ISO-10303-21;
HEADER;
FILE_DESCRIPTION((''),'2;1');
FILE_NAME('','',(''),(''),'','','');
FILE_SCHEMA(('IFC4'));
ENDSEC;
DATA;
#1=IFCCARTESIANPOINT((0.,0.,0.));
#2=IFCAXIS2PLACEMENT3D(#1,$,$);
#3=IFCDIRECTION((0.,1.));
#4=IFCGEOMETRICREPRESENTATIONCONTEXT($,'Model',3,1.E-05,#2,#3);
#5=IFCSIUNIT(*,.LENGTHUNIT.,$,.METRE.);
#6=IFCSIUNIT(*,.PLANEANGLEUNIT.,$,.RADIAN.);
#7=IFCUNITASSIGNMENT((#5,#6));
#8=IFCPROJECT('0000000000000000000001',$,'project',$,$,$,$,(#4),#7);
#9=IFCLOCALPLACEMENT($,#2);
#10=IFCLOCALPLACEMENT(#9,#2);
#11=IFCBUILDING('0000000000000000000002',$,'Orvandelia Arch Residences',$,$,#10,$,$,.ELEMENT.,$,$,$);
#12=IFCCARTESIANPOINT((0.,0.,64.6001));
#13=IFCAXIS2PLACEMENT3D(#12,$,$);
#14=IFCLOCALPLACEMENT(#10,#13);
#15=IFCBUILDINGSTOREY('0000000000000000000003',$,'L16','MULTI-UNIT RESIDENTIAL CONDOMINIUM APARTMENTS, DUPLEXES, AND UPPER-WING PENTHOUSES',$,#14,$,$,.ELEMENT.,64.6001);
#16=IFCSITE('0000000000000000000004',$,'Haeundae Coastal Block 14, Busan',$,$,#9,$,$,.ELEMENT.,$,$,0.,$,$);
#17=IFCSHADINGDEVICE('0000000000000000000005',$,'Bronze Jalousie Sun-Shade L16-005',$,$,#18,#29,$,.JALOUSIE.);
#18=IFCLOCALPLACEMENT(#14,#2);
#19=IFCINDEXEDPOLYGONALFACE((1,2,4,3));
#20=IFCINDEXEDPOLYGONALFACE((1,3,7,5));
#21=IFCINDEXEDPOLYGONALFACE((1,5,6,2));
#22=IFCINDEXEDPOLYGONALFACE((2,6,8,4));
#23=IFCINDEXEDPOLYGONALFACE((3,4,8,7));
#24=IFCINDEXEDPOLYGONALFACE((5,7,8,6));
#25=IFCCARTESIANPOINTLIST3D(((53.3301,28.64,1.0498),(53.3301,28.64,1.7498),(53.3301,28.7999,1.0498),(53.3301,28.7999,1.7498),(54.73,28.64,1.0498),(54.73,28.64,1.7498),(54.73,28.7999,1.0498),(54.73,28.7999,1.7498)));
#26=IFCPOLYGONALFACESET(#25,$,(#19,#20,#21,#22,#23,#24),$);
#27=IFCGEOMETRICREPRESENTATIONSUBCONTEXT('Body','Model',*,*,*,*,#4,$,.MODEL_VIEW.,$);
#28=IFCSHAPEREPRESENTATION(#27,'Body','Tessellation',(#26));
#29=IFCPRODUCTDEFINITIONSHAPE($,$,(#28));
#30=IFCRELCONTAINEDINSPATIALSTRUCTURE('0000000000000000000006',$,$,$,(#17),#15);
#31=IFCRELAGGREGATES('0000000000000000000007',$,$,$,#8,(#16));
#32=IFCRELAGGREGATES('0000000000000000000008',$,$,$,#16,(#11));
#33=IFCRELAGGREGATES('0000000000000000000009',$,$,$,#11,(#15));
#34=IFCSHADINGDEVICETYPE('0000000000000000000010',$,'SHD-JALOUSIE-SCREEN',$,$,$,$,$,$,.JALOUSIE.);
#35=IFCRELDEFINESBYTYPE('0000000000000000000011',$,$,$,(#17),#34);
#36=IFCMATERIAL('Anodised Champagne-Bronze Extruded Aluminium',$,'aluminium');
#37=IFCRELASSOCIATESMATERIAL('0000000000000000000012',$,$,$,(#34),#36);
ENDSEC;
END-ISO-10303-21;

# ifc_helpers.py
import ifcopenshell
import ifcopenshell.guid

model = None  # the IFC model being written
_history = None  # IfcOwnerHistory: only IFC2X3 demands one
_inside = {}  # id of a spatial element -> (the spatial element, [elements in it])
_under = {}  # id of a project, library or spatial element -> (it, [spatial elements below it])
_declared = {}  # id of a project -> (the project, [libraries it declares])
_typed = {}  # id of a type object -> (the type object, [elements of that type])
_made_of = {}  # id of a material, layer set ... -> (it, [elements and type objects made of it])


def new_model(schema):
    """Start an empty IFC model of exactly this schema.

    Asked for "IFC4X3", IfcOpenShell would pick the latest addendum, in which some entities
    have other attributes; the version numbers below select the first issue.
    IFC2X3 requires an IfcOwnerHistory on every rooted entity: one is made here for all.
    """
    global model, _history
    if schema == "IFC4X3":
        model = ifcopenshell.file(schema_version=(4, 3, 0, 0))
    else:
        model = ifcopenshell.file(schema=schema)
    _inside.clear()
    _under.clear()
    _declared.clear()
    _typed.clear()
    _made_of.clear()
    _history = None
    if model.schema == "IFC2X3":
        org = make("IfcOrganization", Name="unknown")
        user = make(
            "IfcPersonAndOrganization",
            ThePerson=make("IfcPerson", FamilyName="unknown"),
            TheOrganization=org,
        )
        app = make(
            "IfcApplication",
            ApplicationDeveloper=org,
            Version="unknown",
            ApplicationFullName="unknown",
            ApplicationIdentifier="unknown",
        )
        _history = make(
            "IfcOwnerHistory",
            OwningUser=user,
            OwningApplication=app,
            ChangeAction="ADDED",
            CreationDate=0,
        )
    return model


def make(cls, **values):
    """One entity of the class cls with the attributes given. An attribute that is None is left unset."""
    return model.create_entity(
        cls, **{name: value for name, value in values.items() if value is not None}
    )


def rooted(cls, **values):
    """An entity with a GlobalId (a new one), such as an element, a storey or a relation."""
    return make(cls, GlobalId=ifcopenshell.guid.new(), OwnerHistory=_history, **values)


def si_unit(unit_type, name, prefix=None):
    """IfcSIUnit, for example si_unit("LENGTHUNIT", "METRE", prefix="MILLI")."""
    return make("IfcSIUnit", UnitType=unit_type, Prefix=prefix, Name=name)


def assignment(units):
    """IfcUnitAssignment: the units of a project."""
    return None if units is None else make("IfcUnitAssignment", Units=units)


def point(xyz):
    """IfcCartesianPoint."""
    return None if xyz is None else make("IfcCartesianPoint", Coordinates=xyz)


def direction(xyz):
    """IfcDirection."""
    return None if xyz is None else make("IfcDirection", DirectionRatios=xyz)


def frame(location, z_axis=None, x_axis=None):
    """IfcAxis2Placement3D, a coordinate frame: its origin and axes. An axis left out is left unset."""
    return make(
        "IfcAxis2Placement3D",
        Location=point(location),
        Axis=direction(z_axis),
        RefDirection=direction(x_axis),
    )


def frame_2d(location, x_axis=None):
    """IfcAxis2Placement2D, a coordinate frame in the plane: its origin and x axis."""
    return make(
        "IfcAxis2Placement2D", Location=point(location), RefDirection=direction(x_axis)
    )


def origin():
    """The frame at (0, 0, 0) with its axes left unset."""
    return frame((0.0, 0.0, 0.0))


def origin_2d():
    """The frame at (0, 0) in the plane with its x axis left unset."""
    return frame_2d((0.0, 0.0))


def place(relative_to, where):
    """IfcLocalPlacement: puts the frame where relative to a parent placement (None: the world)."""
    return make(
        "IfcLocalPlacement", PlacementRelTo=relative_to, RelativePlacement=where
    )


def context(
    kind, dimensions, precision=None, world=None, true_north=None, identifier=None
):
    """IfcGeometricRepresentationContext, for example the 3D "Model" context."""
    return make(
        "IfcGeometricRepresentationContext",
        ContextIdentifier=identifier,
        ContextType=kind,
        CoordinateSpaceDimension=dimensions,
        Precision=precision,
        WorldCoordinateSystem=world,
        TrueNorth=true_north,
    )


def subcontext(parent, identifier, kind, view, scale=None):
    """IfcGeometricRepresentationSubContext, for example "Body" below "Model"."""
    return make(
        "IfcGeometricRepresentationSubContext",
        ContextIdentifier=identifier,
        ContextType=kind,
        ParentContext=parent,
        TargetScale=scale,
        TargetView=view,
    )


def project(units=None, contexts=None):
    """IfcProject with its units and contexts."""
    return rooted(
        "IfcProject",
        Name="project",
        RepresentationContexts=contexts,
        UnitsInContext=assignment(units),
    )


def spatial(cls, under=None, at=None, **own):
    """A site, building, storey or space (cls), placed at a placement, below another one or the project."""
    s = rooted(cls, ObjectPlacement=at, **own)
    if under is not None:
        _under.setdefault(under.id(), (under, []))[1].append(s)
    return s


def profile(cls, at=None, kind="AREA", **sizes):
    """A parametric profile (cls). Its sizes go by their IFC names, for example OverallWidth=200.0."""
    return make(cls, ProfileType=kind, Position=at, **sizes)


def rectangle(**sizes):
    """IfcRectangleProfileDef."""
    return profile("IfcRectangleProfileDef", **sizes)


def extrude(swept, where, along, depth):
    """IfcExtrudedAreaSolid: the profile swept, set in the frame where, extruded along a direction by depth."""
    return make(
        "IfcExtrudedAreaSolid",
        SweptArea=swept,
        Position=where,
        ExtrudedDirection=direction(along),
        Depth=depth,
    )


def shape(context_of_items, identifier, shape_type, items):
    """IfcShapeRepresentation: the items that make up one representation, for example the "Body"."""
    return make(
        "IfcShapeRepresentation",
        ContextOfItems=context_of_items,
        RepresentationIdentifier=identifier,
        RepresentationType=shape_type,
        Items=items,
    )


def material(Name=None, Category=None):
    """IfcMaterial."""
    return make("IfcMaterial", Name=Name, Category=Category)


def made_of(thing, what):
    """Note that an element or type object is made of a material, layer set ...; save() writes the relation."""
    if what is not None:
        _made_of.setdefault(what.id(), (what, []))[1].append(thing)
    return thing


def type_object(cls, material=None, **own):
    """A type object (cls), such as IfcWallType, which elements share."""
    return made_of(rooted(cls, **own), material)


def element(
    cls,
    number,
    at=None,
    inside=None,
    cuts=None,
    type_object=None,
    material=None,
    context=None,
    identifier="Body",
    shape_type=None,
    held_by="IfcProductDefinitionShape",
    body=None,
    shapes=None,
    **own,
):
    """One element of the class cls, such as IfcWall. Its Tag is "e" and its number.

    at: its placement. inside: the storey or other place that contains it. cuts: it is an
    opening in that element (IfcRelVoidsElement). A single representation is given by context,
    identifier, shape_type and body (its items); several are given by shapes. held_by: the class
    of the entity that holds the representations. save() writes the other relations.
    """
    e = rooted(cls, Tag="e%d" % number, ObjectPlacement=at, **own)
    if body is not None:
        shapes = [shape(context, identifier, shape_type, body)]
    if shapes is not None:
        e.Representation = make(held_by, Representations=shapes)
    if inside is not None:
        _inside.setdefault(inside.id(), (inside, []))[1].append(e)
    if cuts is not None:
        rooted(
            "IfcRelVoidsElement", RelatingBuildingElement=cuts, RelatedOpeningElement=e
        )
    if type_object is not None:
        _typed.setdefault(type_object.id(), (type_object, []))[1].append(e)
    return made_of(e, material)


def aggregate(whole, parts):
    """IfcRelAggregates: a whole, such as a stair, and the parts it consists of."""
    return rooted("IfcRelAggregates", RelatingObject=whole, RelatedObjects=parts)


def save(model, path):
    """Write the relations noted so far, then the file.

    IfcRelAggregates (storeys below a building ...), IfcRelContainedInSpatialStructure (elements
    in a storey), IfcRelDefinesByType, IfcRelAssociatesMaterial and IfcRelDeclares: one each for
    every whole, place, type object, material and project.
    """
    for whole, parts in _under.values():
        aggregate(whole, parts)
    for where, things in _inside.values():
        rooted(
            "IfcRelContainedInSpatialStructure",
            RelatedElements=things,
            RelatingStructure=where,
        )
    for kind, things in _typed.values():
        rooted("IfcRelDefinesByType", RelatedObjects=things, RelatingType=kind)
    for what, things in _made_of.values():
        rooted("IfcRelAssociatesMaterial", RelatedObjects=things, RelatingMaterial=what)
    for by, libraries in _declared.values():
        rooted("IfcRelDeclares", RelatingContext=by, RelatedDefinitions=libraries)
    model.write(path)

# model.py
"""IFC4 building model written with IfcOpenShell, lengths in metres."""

from ifc_helpers import new_model, si_unit, direction, frame, origin, origin_2d, place, context, subcontext, project, spatial, rectangle, extrude, material, type_object, element, save


model = new_model("IFC4")

# Units and contexts
model_context = context("Model", 3, precision=1e-05, world=origin(), true_north=direction((0.0, 1.0)))
body_context = subcontext(model_context, "Body", "Model", "MODEL_VIEW")
ifc_project = project(units=[si_unit("LENGTHUNIT", "METRE"), si_unit("PLANEANGLEUNIT", "RADIAN")], contexts=[model_context])

# Site, building, storey
site_placement = place(None, origin())
site = spatial("IfcSite", under=ifc_project, at=site_placement, Name="Haeundae Coastal Block 14, Busan", CompositionType="ELEMENT", RefElevation=0.0)
building_placement = place(site_placement, origin())
building = spatial("IfcBuilding", under=site, at=building_placement, Name="Orvandelia Arch Residences", CompositionType="ELEMENT")
storey_placement = place(building_placement, frame((0.0, 0.0, 64.6001)))
storey = spatial("IfcBuildingStorey", under=building, at=storey_placement, Name="L16", Description="MULTI-UNIT RESIDENTIAL CONDOMINIUM APARTMENTS, DUPLEXES, AND UPPER-WING PENTHOUSES", CompositionType="ELEMENT", Elevation=64.6001)

# Shading device
ifc_material_1 = material(Name="Anodised Champagne-Bronze Extruded Aluminium", Category="aluminium")
shading_device_type = type_object("IfcShadingDeviceType", Name="SHD-JALOUSIE-SCREEN", PredefinedType="JALOUSIE", material=ifc_material_1)
shading_device_placement = place(storey_placement, frame((54.03, 28.72, 1.0498), z_axis=(0.0, 0.0, 1.0), x_axis=(-1.0, 0.0, 0.0)))
element("IfcShadingDevice", 1, at=shading_device_placement, inside=storey, type_object=shading_device_type, Name="Bronze Jalousie Sun-Shade L16-005", PredefinedType="JALOUSIE", context=body_context, shape_type="SweptSolid", body=[
    extrude(rectangle(XDim=1.3999, YDim=0.1599, at=origin_2d()), origin(), (0.0, 0.0, 1.0), 0.7),
])

save(model, "model.ifc")
